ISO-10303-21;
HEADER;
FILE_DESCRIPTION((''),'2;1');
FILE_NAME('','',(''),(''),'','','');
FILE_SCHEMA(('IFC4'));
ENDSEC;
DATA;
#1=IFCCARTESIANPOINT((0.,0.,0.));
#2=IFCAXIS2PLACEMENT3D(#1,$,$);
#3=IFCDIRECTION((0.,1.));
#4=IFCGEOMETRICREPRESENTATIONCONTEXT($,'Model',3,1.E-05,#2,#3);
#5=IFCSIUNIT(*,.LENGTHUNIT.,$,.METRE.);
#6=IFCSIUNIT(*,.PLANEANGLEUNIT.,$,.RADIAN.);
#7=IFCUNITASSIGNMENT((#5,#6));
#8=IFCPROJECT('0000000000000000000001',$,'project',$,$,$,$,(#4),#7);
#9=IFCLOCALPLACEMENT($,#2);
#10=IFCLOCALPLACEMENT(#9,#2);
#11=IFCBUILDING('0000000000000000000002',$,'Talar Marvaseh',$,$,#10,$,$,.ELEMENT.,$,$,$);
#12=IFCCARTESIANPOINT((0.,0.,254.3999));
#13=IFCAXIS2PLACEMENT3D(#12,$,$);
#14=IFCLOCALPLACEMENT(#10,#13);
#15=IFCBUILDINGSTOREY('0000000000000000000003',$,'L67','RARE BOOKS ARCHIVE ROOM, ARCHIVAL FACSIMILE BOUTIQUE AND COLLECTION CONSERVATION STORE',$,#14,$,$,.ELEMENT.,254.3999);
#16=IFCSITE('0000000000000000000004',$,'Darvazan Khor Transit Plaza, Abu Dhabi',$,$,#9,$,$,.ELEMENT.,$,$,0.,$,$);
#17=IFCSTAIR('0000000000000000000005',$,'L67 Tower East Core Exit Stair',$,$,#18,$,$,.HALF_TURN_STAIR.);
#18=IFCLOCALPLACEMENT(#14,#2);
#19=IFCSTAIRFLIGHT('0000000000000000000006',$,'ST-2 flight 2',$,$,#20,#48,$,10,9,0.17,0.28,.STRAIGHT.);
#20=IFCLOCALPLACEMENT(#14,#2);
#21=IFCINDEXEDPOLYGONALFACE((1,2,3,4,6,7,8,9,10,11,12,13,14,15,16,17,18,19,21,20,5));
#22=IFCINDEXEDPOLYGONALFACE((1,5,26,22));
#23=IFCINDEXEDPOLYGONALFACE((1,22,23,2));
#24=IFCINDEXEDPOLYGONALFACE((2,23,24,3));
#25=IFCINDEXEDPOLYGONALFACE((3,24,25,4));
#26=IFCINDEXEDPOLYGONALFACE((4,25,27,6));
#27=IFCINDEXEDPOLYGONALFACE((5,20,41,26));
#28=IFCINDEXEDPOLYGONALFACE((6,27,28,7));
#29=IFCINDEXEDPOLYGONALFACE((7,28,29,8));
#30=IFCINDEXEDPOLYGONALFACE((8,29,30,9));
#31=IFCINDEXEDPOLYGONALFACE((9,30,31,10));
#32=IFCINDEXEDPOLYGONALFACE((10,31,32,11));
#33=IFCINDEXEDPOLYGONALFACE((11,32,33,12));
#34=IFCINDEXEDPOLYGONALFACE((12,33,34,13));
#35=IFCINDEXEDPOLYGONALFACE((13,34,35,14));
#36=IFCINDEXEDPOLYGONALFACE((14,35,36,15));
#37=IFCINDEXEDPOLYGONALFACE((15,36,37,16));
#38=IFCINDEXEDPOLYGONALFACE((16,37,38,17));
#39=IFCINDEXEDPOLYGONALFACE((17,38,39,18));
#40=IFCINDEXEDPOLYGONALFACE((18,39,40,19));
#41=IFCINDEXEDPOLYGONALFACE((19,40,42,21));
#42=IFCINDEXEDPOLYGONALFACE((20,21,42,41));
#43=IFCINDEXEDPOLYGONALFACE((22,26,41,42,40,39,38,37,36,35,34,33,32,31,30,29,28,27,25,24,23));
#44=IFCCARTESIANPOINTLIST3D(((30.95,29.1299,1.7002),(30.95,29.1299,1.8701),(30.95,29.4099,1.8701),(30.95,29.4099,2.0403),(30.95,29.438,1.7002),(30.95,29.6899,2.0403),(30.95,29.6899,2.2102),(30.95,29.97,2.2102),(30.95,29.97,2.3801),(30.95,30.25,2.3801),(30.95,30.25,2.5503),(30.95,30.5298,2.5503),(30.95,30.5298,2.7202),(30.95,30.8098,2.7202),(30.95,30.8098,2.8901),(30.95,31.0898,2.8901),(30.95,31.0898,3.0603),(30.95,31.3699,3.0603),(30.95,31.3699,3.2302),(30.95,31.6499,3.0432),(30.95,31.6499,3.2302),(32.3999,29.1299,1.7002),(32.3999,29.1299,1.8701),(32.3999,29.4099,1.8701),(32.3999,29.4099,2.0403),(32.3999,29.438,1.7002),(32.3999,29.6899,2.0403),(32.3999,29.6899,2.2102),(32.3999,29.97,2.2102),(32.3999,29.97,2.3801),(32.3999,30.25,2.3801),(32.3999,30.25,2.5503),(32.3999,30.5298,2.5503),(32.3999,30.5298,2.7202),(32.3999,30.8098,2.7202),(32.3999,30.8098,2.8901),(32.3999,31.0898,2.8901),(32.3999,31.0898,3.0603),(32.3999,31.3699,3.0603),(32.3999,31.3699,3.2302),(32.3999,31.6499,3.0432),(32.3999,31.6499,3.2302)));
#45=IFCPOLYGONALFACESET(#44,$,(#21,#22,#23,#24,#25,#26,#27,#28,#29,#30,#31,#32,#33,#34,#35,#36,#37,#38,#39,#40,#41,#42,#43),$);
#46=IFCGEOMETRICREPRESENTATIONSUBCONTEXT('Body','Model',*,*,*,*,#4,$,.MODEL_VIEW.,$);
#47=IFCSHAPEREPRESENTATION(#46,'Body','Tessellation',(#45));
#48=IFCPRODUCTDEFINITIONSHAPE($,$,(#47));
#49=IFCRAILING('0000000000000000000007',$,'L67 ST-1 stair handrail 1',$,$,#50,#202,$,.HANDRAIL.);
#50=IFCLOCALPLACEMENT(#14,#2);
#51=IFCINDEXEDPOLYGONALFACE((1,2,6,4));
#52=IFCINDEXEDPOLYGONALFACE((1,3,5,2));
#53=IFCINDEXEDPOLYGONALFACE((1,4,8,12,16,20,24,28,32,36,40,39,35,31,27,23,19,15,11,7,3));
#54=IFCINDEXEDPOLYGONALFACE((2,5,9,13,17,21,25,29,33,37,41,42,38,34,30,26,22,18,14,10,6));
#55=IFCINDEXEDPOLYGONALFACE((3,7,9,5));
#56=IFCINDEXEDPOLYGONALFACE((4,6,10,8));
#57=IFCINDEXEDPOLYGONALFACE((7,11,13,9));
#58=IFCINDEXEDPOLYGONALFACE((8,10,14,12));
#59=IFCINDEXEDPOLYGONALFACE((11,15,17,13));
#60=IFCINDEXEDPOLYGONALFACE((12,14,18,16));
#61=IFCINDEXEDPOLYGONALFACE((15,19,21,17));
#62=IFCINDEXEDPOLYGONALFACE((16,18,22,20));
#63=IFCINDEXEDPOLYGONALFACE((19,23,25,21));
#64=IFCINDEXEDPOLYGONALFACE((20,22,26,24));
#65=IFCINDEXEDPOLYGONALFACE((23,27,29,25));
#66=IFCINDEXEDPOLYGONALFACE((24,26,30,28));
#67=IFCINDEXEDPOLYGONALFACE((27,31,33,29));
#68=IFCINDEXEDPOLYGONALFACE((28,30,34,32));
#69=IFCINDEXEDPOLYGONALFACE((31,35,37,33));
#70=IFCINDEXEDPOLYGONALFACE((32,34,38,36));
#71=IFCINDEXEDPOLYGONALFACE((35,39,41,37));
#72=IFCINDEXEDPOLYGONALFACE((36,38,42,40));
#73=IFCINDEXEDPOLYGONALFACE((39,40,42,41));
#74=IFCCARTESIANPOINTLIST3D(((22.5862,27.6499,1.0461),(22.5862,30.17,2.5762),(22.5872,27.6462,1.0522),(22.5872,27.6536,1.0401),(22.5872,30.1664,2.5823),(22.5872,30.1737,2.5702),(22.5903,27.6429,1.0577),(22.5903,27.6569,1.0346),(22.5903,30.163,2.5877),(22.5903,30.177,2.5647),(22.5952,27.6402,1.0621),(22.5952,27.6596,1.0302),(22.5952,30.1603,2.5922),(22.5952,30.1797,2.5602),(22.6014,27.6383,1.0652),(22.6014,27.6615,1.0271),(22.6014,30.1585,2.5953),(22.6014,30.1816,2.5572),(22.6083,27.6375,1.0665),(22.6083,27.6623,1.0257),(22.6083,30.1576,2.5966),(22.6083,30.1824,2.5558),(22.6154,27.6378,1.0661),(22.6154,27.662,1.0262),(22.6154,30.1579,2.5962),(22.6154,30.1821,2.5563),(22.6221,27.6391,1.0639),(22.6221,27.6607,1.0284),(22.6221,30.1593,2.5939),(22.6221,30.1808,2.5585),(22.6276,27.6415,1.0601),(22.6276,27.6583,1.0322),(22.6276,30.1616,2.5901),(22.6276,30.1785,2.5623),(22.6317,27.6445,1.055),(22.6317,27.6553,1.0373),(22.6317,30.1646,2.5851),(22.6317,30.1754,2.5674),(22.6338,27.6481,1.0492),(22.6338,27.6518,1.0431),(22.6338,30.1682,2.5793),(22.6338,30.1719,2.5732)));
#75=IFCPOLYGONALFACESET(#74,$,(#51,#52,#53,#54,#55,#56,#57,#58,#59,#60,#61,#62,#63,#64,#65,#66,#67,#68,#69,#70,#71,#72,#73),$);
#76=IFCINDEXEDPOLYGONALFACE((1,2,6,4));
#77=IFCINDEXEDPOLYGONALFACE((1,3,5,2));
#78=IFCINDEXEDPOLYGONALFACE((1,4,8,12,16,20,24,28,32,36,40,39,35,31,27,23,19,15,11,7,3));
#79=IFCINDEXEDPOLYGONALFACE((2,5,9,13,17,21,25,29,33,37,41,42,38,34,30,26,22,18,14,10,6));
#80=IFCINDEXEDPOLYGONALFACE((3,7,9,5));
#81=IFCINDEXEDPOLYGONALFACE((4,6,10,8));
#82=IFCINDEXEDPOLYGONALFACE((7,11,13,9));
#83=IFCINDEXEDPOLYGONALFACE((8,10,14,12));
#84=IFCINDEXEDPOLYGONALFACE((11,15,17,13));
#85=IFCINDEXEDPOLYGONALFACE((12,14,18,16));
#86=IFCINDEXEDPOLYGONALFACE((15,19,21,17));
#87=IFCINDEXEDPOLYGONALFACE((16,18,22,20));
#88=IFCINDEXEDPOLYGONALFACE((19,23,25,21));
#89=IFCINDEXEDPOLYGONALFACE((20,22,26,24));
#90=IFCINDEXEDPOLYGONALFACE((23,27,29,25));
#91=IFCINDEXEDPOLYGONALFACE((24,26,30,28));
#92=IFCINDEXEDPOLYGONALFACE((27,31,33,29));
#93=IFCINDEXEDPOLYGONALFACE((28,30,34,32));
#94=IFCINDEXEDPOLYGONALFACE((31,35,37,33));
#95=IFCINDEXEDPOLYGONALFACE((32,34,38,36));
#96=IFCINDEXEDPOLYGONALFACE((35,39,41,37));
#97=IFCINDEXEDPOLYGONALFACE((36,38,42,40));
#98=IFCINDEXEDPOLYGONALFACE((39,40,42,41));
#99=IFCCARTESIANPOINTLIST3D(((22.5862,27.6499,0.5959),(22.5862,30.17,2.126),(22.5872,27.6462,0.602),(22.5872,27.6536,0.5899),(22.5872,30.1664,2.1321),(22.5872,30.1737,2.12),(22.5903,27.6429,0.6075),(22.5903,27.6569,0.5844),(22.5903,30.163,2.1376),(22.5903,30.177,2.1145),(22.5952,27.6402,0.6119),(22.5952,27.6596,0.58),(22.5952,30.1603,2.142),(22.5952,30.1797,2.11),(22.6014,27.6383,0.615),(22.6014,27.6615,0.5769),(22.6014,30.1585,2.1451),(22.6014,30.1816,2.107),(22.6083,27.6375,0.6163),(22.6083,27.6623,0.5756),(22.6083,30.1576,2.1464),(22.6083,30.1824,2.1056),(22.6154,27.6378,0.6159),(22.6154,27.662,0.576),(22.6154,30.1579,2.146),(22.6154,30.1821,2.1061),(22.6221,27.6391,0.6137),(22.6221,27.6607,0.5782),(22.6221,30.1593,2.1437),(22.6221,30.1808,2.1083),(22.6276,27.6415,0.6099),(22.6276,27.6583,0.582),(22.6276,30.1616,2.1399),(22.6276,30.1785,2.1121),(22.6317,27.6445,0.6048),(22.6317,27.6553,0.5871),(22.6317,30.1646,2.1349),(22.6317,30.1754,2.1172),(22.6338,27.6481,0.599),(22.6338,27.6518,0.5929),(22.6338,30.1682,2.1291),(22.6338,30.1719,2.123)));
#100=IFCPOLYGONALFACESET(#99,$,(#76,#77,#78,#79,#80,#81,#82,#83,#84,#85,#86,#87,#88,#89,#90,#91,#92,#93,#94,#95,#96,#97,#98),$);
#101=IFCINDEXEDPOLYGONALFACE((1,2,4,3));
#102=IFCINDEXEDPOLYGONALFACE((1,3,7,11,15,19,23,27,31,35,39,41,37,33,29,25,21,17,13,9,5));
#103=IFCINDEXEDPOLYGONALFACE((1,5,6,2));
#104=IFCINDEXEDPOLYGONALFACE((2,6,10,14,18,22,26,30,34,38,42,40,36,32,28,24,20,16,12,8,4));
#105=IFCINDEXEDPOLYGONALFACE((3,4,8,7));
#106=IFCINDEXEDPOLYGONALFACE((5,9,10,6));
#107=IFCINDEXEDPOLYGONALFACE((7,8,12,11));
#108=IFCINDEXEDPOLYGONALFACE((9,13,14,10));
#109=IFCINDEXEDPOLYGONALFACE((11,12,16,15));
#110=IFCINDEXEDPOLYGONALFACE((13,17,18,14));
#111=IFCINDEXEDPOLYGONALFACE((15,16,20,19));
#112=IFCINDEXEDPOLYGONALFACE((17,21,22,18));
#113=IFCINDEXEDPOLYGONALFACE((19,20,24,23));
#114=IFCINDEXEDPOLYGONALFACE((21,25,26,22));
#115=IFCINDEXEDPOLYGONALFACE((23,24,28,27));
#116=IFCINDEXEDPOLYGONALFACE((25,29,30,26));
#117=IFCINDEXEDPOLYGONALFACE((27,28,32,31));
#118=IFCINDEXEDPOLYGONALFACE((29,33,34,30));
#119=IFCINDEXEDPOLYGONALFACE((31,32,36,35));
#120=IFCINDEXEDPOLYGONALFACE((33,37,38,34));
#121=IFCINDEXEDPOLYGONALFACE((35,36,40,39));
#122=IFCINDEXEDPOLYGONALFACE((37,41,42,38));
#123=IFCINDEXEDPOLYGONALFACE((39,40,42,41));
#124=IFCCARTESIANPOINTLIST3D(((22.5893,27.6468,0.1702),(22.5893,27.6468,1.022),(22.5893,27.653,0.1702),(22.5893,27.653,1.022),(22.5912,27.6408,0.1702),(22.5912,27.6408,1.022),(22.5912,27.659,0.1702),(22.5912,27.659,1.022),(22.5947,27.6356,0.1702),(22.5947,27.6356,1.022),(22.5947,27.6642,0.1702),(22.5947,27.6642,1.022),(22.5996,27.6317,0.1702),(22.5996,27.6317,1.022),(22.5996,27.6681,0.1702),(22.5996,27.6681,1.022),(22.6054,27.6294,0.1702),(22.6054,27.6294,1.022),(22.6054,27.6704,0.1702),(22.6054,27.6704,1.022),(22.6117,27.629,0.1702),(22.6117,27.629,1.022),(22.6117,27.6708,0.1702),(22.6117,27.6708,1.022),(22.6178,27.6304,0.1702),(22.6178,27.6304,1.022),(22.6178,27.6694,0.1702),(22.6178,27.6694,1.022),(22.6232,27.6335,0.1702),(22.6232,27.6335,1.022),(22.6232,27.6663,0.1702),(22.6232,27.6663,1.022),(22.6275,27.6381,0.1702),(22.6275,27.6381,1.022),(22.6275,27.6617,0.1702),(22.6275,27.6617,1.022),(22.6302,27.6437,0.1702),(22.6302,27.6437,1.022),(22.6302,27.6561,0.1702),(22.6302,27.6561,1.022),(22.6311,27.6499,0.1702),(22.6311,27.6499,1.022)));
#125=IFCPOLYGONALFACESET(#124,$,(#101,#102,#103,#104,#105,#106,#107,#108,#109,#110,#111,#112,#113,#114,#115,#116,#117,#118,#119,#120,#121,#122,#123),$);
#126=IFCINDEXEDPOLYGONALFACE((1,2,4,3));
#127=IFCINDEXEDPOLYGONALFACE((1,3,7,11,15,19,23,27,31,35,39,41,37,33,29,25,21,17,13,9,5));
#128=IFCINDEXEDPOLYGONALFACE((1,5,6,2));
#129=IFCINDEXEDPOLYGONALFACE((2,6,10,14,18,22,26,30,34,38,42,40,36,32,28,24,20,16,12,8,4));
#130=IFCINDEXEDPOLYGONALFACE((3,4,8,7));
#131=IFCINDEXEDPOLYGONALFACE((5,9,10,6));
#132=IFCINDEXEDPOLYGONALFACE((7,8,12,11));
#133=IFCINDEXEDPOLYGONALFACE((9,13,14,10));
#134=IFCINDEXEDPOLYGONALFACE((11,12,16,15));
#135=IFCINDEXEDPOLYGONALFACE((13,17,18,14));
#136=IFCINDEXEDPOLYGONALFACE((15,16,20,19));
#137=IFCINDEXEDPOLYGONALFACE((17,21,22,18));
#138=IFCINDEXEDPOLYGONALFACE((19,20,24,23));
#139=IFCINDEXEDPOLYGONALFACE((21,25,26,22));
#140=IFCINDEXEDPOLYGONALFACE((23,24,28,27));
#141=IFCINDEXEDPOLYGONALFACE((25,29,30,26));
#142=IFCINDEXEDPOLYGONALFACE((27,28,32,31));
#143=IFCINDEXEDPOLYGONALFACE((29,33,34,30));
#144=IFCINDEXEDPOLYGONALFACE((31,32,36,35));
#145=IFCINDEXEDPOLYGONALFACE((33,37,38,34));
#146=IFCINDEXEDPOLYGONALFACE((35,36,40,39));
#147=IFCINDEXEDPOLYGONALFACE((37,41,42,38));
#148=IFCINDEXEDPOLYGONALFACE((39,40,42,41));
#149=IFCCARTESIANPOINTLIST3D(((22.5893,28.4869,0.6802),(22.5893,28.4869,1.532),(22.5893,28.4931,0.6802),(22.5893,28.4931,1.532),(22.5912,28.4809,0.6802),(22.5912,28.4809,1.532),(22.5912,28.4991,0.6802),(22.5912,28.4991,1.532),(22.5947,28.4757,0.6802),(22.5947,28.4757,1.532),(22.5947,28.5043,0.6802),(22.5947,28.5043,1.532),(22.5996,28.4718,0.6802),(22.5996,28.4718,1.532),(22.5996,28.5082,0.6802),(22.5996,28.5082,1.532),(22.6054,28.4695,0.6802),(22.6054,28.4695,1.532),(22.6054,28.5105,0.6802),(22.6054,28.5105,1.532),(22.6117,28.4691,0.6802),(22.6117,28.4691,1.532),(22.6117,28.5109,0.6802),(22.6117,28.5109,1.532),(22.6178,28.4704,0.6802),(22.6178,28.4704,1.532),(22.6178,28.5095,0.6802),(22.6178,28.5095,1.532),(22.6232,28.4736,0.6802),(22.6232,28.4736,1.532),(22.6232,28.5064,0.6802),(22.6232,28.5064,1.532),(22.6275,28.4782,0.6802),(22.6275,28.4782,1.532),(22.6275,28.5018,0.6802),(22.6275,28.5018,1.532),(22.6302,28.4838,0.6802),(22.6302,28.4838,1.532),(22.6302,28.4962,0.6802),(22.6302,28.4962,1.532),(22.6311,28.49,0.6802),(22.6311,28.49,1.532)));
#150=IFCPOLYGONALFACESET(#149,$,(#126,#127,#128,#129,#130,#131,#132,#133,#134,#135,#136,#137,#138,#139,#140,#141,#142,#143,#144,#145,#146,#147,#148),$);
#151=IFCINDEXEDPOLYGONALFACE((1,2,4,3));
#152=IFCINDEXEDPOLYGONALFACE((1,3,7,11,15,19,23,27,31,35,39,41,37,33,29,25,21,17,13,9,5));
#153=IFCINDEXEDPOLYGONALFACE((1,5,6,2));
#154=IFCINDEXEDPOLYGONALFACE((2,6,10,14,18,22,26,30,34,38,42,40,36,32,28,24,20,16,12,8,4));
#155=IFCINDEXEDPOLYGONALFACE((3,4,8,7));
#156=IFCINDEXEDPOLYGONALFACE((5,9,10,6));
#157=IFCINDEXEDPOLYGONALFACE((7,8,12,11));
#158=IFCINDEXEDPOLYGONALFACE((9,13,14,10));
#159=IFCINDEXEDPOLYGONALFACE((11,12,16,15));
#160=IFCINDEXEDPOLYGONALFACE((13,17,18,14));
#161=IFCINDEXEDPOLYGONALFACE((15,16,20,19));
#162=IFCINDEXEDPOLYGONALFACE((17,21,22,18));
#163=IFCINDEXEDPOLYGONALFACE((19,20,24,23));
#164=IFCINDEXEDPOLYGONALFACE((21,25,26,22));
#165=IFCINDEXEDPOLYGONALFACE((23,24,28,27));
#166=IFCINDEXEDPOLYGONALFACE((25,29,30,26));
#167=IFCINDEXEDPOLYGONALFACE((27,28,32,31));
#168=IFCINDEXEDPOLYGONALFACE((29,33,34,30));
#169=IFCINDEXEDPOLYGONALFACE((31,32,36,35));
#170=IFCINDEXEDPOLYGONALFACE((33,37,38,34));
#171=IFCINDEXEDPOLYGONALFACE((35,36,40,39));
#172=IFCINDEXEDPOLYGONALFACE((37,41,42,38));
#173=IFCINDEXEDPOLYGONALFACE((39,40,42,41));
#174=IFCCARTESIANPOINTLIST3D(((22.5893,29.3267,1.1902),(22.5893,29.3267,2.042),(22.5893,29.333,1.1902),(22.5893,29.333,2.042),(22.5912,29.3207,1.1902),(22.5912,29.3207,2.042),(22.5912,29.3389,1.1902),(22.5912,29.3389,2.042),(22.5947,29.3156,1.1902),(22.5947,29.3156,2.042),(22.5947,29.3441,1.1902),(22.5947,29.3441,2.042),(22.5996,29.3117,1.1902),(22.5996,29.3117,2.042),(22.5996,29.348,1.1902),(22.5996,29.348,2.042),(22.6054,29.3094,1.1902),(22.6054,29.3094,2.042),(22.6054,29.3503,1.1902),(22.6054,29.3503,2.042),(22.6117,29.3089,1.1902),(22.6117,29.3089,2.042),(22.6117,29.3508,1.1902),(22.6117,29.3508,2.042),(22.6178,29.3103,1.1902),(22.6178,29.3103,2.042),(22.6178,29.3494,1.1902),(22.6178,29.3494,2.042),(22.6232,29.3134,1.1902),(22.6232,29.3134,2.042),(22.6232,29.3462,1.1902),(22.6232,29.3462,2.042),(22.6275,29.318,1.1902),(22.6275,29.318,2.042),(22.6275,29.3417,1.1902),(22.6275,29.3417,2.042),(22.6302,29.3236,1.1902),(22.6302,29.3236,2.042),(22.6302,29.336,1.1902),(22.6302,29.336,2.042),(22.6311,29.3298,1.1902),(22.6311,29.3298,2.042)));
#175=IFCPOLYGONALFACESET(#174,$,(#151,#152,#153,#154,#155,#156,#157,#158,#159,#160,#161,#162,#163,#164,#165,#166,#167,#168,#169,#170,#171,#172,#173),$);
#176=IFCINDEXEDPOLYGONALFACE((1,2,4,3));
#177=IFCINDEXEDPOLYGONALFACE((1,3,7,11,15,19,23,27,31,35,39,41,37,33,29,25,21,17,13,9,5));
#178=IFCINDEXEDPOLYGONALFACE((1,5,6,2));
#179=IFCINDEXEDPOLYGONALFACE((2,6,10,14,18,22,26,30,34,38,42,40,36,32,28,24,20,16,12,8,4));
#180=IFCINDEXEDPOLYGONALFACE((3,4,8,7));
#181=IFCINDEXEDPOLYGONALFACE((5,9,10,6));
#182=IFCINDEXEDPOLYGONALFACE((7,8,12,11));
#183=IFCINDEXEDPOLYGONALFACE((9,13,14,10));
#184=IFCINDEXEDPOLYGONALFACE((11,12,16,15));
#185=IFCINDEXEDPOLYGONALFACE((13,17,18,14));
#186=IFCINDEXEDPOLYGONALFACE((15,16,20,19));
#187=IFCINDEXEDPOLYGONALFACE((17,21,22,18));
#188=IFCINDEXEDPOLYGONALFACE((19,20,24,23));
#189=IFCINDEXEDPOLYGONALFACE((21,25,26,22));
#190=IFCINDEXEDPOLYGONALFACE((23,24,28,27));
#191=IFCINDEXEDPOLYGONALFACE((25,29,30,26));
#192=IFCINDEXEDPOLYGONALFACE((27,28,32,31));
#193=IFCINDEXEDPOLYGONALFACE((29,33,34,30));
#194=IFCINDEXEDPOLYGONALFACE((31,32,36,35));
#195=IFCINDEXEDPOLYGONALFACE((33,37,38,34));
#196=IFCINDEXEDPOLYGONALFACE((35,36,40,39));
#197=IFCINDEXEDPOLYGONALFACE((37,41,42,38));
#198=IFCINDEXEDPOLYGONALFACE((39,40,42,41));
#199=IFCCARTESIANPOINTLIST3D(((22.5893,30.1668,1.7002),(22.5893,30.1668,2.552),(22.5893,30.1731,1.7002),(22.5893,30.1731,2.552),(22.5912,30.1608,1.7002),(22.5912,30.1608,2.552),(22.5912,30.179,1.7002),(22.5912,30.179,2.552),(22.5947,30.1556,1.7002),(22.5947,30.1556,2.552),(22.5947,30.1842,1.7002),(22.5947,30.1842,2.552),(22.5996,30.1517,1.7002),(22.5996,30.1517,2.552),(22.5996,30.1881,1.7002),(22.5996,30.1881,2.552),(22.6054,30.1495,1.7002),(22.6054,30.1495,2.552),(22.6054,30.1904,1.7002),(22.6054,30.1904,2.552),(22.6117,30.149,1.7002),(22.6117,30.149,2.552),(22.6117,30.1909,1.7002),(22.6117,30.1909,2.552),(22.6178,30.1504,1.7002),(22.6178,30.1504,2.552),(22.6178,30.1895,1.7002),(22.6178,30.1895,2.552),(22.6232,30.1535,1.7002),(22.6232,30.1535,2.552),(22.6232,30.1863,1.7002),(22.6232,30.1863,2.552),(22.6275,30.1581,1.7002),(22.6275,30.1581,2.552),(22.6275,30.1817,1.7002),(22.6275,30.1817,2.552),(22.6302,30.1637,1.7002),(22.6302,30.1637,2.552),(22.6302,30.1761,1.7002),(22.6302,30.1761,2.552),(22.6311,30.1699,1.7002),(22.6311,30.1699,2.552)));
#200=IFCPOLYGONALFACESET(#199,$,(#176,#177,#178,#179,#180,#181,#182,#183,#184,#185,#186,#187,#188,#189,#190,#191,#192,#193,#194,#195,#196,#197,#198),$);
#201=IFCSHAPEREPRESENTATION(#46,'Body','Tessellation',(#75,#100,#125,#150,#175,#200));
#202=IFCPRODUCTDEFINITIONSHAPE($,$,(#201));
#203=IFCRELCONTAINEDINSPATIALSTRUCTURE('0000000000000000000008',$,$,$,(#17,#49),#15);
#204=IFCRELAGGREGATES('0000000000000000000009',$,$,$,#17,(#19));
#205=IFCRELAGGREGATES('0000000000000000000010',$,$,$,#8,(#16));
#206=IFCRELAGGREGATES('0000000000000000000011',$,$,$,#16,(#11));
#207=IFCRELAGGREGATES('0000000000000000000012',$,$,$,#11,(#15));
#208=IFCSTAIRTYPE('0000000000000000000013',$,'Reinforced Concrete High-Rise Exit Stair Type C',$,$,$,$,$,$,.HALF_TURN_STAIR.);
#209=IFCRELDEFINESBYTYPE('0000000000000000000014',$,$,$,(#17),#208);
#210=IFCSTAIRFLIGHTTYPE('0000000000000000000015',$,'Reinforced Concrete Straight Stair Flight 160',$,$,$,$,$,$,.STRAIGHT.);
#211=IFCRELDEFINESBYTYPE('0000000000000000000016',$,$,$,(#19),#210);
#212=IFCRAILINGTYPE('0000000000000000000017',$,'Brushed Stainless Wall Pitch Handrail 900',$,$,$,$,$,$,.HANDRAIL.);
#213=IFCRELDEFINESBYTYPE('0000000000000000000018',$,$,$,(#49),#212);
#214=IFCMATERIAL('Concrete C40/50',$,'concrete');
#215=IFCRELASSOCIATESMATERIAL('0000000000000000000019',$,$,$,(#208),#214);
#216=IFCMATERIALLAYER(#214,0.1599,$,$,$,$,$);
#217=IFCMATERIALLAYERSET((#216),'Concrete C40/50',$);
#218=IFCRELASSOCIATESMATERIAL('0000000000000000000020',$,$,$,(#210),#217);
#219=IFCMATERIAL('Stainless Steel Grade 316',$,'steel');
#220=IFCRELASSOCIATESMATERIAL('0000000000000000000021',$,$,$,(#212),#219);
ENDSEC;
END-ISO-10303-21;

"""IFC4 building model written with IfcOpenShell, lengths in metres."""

from ifc_helpers import new_model, si_unit, direction, frame, origin, origin_2d, place, context, subcontext, project, spatial, polyline, circle, outline, extrude, material, layer, layer_set, type_object, element, aggregate, save


model = new_model("IFC4")

# Units and contexts
model_context = context("Model", 3, precision=1e-05, world=origin(), true_north=direction((0.0, 1.0)))
body_context = subcontext(model_context, "Body", "Model", "MODEL_VIEW")
ifc_project = project(units=[si_unit("LENGTHUNIT", "METRE"), si_unit("PLANEANGLEUNIT", "RADIAN")], contexts=[model_context])

# Site, building, storey
site_placement = place(None, origin())
site = spatial("IfcSite", under=ifc_project, at=site_placement, Name="Darvazan Khor Transit Plaza, Abu Dhabi", CompositionType="ELEMENT", RefElevation=0.0)
building_placement = place(site_placement, origin())
building = spatial("IfcBuilding", under=site, at=building_placement, Name="Talar Marvaseh", CompositionType="ELEMENT")
storey_placement = place(building_placement, frame((0.0, 0.0, 254.3999)))
storey = spatial("IfcBuildingStorey", under=building, at=storey_placement, Name="L67", Description="RARE BOOKS ARCHIVE ROOM, ARCHIVAL FACSIMILE BOUTIQUE AND COLLECTION CONSERVATION STORE", CompositionType="ELEMENT", Elevation=254.3999)

# Shared definitions
ifc_material_1 = material(Name="Concrete C40/50", Category="concrete")

# Shared definitions
ifc_material_2 = material(Name="Stainless Steel Grade 316", Category="steel")

# Stair, stair flight
stair_type = type_object("IfcStairType", Name="Reinforced Concrete High-Rise Exit Stair Type C", PredefinedType="HALF_TURN_STAIR", material=ifc_material_1)
stair_placement = place(storey_placement, origin())
stair = element("IfcStair", 1, at=stair_placement, inside=storey, type_object=stair_type, Name="L67 Tower East Core Exit Stair", PredefinedType="HALF_TURN_STAIR")
ifc_layer_1 = layer(ifc_material_1, 0.1599)
ifc_layer_set_1 = layer_set([ifc_layer_1], Name="Concrete C40/50")
stair_flight_type = type_object("IfcStairFlightType", Name="Reinforced Concrete Straight Stair Flight 160", PredefinedType="STRAIGHT", material=ifc_layer_set_1)
stair_flight_1_placement = place(storey_placement, frame((31.675, 29.1299, 1.7002), z_axis=(0.0, 0.0, 1.0), x_axis=(0.0, 1.0, 0.0)))
stair_flight_1 = element("IfcStairFlight", 2, at=stair_flight_1_placement, type_object=stair_flight_type, Name="ST-2 flight 2", NumberOfRisers=10, NumberOfTreads=9, PredefinedType="STRAIGHT", RiserHeight=0.17, TreadLength=0.28, context=body_context, shape_type="SweptSolid", body=[
    extrude(outline(polyline([(0.0, 0.0), (0.0, 0.1699), (0.28, 0.1699), (0.28, 0.3401), (0.5601, 0.3401), (0.5601, 0.51), (0.8401, 0.51), (0.8401, 0.6799), (1.1201, 0.6799), (1.1201, 0.8501), (1.3999, 0.8501), (1.3999, 1.02), (1.6799, 1.02), (1.6799, 1.1899), (1.96, 1.1899), (1.96, 1.3601), (2.24, 1.3601), (2.24, 1.53), (2.52, 1.53), (2.52, 1.7), (2.52, 1.343), (0.3081, 0.0), (0.0, 0.0)])), frame((0.0, 0.7251, 0.0), z_axis=(0.0, -1.0, 0.0), x_axis=(1.0, 0.0, 0.0)), (0.0, 0.0, 1.0), 1.45),
])
aggregate(stair, [stair_flight_1])

# Railing
railing_type_1 = type_object("IfcRailingType", Name="Brushed Stainless Wall Pitch Handrail 900", PredefinedType="HANDRAIL", material=ifc_material_2)
railing_1_placement = place(storey_placement, frame((22.6101, 27.6499, 0.1702)))
element("IfcRailing", 3, at=railing_1_placement, inside=storey, type_object=railing_type_1, Name="L67 ST-1 stair handrail 1", PredefinedType="HANDRAIL", context=body_context, shape_type="SweptSolid", body=[
    extrude(circle(Radius=0.0239, at=origin_2d()), frame((0.0, 0.0, 0.876), z_axis=(0.0, 0.854785, 0.518982), x_axis=(-1.0, 0.0, 0.0)), (0.0, 0.0, 1.0), 2.9482),
    extrude(circle(Radius=0.0239, at=origin_2d()), frame((0.0, 0.0, 0.4258), z_axis=(0.0, 0.854785, 0.518982), x_axis=(-1.0, 0.0, 0.0)), (0.0, 0.0, 1.0), 2.9482),
    extrude(circle(Radius=0.021, at=origin_2d()), origin(), (0.0, 0.0, 1.0), 0.8518),
    extrude(circle(Radius=0.021, at=origin_2d()), frame((0.0, 0.8401, 0.51)), (0.0, 0.0, 1.0), 0.8518),
    extrude(circle(Radius=0.021, at=origin_2d()), frame((0.0, 1.6799, 1.02)), (0.0, 0.0, 1.0), 0.8518),
    extrude(circle(Radius=0.021, at=origin_2d()), frame((0.0, 2.52, 1.53)), (0.0, 0.0, 1.0), 0.8518),
])

save(model, "model.ifc")
